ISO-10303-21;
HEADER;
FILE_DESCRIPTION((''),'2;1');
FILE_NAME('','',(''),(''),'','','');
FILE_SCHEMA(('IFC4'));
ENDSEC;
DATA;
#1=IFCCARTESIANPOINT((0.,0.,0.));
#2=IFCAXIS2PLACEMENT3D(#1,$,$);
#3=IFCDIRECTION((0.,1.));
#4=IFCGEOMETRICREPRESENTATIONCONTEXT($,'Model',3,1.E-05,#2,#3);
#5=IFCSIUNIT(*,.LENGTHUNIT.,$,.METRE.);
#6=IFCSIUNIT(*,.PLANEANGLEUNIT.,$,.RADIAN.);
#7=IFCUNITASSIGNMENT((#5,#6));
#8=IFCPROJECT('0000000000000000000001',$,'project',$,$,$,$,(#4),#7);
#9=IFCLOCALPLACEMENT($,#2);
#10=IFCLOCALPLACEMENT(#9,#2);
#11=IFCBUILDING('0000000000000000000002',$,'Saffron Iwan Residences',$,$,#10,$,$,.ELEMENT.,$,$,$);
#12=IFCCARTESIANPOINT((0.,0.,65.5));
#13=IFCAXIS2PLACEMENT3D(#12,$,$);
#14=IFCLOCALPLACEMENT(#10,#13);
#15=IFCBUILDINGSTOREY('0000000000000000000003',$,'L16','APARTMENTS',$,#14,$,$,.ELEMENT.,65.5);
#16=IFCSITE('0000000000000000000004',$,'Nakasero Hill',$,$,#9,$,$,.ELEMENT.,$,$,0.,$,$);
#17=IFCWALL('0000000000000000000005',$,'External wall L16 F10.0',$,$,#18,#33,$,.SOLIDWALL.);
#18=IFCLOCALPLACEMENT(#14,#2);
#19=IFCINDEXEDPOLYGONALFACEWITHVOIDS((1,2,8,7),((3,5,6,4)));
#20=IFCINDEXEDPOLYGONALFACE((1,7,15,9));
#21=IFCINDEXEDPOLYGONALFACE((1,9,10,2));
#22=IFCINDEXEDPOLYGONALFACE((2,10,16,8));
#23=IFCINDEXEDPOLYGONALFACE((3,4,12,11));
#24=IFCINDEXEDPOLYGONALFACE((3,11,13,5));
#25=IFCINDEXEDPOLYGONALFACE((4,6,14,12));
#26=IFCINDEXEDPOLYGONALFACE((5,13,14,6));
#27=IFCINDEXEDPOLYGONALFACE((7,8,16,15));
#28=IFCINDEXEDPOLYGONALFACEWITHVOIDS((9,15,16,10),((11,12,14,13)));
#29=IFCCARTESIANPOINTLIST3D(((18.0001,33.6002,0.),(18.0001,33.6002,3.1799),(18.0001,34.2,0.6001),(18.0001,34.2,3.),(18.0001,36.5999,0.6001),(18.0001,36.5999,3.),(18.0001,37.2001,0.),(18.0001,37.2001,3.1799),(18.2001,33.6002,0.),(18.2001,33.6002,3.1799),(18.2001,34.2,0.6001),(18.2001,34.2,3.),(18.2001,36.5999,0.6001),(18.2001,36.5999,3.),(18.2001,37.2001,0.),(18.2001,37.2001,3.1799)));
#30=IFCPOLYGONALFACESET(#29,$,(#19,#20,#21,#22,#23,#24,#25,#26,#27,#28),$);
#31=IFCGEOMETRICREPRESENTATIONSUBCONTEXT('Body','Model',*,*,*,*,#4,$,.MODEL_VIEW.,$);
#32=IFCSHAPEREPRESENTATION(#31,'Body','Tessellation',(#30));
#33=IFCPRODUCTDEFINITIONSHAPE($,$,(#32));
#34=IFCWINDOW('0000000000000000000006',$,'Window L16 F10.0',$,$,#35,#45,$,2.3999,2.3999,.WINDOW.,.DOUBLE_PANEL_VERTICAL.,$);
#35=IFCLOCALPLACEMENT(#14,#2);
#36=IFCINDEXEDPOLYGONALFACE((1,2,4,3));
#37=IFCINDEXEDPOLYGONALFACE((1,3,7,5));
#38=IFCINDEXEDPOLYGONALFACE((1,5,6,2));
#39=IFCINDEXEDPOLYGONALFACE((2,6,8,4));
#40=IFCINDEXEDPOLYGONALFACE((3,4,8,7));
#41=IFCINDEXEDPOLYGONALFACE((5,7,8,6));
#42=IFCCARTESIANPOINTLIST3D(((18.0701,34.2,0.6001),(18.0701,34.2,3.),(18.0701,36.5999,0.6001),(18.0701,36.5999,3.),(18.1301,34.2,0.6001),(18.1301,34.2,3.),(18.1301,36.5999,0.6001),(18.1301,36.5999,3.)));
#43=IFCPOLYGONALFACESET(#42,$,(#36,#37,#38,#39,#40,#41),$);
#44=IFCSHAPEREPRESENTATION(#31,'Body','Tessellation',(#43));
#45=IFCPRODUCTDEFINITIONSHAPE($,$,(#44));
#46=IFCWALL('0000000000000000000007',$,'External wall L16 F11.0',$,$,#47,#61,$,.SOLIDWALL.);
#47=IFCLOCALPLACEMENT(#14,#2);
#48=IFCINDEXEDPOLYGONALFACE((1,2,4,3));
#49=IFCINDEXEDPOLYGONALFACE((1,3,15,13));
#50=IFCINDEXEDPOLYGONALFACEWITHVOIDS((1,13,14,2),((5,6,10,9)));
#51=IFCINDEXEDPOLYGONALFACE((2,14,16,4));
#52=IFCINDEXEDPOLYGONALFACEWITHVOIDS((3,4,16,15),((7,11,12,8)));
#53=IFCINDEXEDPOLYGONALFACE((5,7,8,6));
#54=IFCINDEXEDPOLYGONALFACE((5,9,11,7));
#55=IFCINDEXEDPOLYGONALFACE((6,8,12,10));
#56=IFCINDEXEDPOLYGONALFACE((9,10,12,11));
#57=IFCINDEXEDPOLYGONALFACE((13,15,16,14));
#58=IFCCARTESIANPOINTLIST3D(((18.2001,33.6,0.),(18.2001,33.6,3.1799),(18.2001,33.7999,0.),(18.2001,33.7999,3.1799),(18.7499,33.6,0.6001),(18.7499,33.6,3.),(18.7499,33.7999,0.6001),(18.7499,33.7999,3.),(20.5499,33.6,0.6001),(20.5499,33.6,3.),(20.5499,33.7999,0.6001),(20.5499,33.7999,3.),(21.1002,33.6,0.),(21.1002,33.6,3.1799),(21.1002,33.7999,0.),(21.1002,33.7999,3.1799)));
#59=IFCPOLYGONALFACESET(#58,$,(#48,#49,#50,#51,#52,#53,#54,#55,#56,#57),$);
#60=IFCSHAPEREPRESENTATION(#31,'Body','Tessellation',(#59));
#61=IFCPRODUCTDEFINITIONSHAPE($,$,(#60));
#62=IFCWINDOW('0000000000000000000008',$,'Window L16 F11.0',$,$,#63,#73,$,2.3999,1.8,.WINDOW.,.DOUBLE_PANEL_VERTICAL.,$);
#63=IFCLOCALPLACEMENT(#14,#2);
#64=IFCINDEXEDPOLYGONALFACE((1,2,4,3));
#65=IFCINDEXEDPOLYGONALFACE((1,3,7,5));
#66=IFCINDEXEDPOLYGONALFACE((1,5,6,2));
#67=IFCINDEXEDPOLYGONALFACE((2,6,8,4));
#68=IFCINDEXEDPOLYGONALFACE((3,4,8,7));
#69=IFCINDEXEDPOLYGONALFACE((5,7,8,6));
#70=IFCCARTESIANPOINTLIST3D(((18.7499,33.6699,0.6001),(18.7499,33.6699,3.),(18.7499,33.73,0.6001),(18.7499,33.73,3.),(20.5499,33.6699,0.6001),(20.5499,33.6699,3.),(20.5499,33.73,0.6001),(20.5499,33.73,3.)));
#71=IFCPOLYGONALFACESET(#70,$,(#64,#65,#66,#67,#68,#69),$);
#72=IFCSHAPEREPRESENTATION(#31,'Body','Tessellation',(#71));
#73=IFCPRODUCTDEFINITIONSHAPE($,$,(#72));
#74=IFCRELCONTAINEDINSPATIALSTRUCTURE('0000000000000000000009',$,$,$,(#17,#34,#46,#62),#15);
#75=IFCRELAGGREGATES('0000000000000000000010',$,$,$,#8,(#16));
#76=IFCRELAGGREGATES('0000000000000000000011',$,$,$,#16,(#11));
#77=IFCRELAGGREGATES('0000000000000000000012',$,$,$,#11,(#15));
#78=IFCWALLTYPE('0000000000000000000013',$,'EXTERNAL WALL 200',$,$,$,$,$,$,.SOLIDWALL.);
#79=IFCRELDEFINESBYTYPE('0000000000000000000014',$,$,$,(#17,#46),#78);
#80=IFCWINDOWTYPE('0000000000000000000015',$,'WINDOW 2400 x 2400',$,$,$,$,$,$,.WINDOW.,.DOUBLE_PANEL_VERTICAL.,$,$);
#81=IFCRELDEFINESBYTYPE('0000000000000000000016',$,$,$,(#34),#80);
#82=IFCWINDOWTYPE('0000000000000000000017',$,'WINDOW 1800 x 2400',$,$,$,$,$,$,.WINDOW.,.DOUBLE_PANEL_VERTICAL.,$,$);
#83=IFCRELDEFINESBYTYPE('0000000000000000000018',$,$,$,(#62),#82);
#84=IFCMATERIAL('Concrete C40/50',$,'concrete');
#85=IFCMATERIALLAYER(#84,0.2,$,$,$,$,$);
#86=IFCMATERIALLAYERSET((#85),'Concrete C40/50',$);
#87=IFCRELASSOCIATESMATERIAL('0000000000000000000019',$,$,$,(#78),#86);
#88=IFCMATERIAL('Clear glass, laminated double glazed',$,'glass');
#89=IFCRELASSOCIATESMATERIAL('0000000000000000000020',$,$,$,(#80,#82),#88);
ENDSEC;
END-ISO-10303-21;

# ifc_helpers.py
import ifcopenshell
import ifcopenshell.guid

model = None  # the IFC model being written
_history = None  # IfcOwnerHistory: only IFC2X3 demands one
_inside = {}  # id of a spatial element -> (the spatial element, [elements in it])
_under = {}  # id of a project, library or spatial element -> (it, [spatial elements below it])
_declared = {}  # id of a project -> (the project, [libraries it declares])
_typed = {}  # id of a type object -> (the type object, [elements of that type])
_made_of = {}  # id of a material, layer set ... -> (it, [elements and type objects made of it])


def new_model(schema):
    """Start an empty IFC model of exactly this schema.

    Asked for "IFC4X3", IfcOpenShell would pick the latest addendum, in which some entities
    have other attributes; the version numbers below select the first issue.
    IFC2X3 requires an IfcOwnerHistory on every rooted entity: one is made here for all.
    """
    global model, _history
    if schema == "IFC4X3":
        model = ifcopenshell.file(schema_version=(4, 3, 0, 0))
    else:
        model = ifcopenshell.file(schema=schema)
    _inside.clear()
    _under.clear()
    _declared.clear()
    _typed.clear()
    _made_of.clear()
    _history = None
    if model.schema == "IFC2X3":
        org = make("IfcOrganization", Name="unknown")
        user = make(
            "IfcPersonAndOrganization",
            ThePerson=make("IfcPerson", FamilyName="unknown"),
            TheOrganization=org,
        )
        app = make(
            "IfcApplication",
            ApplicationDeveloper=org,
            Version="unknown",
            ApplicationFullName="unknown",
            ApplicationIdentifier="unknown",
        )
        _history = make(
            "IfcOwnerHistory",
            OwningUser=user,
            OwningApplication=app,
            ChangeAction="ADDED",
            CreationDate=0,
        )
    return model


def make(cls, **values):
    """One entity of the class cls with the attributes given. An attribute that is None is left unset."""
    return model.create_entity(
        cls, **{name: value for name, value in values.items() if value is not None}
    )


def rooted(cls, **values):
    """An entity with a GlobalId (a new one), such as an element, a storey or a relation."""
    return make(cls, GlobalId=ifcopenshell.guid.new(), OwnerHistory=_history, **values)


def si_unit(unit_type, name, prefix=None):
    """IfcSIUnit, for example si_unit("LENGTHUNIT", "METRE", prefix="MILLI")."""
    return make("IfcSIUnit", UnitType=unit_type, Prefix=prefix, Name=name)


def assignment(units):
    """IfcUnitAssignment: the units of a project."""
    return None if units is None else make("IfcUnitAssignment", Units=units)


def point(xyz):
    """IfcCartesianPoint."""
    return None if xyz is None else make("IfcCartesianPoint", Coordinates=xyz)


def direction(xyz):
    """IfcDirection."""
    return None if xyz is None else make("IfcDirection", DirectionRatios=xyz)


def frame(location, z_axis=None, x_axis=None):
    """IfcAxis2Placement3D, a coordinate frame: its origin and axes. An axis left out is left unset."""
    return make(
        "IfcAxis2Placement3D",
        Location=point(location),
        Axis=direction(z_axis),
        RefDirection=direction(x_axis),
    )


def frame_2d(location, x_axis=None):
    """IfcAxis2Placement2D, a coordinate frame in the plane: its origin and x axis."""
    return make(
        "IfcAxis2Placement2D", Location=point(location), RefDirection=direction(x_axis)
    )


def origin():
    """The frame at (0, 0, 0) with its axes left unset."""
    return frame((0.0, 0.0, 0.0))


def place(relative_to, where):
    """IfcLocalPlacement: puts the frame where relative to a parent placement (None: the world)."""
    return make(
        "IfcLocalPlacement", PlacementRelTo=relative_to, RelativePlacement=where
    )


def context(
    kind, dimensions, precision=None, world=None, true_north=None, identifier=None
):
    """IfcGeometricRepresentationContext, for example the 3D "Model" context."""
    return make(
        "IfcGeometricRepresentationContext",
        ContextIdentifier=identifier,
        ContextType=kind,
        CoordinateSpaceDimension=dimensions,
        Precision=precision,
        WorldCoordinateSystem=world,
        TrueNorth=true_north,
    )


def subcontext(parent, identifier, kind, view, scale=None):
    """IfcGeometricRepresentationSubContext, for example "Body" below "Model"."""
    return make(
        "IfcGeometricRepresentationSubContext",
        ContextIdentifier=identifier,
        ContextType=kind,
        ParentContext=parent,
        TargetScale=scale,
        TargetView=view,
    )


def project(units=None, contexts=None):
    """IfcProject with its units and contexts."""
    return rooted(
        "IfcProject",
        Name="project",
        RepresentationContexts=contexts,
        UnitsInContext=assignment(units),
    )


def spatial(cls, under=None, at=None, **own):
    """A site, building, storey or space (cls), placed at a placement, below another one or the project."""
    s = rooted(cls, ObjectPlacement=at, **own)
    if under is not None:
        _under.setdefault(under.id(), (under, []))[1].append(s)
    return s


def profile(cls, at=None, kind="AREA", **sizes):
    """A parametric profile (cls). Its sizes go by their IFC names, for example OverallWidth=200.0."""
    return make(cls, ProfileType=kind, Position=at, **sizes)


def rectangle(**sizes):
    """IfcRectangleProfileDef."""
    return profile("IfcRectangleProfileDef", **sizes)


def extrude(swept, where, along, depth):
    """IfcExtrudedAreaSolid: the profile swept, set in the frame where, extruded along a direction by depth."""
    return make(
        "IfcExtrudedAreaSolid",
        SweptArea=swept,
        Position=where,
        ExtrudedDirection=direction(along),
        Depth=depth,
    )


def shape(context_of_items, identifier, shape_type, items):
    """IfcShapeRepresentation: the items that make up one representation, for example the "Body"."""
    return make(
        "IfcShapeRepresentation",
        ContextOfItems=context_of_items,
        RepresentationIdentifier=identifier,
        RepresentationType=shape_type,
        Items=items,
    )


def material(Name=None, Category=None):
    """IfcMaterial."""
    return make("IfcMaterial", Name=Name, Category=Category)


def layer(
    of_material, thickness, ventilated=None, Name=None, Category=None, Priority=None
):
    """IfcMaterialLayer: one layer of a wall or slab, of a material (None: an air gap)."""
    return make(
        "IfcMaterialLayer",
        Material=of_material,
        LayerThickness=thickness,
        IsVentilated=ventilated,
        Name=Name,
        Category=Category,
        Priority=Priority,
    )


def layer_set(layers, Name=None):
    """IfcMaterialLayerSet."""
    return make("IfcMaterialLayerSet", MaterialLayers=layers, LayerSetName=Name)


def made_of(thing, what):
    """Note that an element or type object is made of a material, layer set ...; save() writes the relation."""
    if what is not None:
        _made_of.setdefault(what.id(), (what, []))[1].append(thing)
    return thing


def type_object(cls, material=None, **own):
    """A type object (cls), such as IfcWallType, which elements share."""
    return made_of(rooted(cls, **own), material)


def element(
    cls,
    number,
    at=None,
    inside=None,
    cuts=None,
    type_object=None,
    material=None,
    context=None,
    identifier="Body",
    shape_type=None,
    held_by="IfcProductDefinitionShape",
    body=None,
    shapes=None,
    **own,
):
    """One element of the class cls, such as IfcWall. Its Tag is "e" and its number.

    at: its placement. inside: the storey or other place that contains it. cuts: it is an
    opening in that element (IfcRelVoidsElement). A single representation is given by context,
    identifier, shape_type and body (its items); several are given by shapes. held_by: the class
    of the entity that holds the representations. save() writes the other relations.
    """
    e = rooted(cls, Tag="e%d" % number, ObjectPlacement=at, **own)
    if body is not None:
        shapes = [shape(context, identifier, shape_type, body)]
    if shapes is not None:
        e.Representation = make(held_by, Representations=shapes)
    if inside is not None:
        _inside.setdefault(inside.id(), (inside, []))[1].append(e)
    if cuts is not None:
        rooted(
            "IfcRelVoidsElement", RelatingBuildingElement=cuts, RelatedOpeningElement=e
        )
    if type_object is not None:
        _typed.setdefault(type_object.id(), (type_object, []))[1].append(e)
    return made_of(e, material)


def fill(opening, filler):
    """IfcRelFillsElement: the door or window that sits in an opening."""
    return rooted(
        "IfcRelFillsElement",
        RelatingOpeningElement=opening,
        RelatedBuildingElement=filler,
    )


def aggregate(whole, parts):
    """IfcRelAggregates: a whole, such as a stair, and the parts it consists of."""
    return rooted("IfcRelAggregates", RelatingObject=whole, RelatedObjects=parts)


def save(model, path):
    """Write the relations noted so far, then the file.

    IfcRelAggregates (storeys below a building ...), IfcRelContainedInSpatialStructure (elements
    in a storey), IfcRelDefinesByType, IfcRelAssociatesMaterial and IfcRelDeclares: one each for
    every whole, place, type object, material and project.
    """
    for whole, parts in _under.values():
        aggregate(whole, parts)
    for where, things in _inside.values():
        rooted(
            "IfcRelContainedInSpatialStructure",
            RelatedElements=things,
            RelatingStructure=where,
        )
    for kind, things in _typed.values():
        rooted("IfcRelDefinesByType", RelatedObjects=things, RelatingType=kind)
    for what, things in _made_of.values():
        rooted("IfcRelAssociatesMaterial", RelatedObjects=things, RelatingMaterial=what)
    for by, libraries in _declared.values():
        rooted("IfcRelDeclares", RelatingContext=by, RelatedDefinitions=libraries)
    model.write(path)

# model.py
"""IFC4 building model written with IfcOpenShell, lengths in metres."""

from ifc_helpers import new_model, si_unit, direction, frame, frame_2d, origin, place, context, subcontext, project, spatial, rectangle, extrude, material, layer, layer_set, type_object, element, fill, save


model = new_model("IFC4")

# Units and contexts
model_context = context("Model", 3, precision=1e-05, world=origin(), true_north=direction((0.0, 1.0)))
body_context = subcontext(model_context, "Body", "Model", "MODEL_VIEW")
ifc_project = project(units=[si_unit("LENGTHUNIT", "METRE"), si_unit("PLANEANGLEUNIT", "RADIAN")], contexts=[model_context])

# Site, building, storey
site_placement = place(None, origin())
site = spatial("IfcSite", under=ifc_project, at=site_placement, Name="Nakasero Hill", CompositionType="ELEMENT", RefElevation=0.0)
building_placement = place(site_placement, origin())
building = spatial("IfcBuilding", under=site, at=building_placement, Name="Saffron Iwan Residences", CompositionType="ELEMENT")
storey_placement = place(building_placement, frame((0.0, 0.0, 65.5)))
storey = spatial("IfcBuildingStorey", under=building, at=storey_placement, Name="L16", Description="APARTMENTS", CompositionType="ELEMENT", Elevation=65.5)

# Walls, openings, windows
ifc_material_1 = material(Name="Concrete C40/50", Category="concrete")
ifc_layer_1 = layer(ifc_material_1, 0.2)
ifc_layer_set_1 = layer_set([ifc_layer_1], Name="Concrete C40/50")
wall_type_1 = type_object("IfcWallType", Name="EXTERNAL WALL 200", PredefinedType="SOLIDWALL", material=ifc_layer_set_1)
wall_1_placement = place(storey_placement, frame((18.1001, 37.2, 0.0), z_axis=(0.0, 0.0, 1.0), x_axis=(0.0, -1.0, 0.0)))
wall_1 = element("IfcWall", 1, at=wall_1_placement, inside=storey, type_object=wall_type_1, Name="External wall L16 F10.0", PredefinedType="SOLIDWALL", context=body_context, shape_type="SweptSolid", body=[
    extrude(rectangle(XDim=3.5999, YDim=0.2, at=frame_2d((1.7998, 0.0))), origin(), (0.0, 0.0, 1.0), 3.1799),
])
opening_1_placement = place(wall_1_placement, frame((0.6001, 0.0, 0.6001)))
opening_1 = element("IfcOpeningElement", 2, at=opening_1_placement, cuts=wall_1, PredefinedType="OPENING", context=body_context, shape_type="SweptSolid", body=[
    extrude(rectangle(XDim=2.3999, YDim=2.3999, at=frame_2d((1.2, 1.2))), frame((0.0, 0.1099, 0.0), z_axis=(0.0, -1.0, 0.0), x_axis=(1.0, 0.0, 0.0)), (0.0, 0.0, 1.0), 0.22),
])
ifc_material_2 = material(Name="Clear glass, laminated double glazed", Category="glass")
window_type_1 = type_object("IfcWindowType", Name="WINDOW 2400 x 2400", PartitioningType="DOUBLE_PANEL_VERTICAL", PredefinedType="WINDOW", material=ifc_material_2)
window_1_placement = place(opening_1_placement, origin())
window_1 = element("IfcWindow", 3, at=window_1_placement, inside=storey, type_object=window_type_1, Name="Window L16 F10.0", OverallHeight=2.3999, OverallWidth=2.3999, PartitioningType="DOUBLE_PANEL_VERTICAL", PredefinedType="WINDOW", context=body_context, shape_type="SweptSolid", body=[
    extrude(rectangle(XDim=2.3999, YDim=2.3999, at=frame_2d((1.2, 1.2))), frame((0.0, 0.03, 0.0), z_axis=(0.0, -1.0, 0.0), x_axis=(1.0, 0.0, 0.0)), (0.0, 0.0, 1.0), 0.0601),
])
fill(opening_1, window_1)
wall_2_placement = place(storey_placement, frame((18.2, 33.7, 0.0), z_axis=(0.0, 0.0, 1.0), x_axis=(1.0, 0.0, 0.0)))
wall_2 = element("IfcWall", 4, at=wall_2_placement, inside=storey, type_object=wall_type_1, Name="External wall L16 F11.0", PredefinedType="SOLIDWALL", context=body_context, shape_type="SweptSolid", body=[
    extrude(rectangle(XDim=2.9001, YDim=0.2, at=frame_2d((1.4502, 0.0))), origin(), (0.0, 0.0, 1.0), 3.1799),
])
opening_2_placement = place(wall_2_placement, frame((0.55, 0.0, 0.6001)))
opening_2 = element("IfcOpeningElement", 5, at=opening_2_placement, cuts=wall_2, PredefinedType="OPENING", context=body_context, shape_type="SweptSolid", body=[
    extrude(rectangle(XDim=1.8, YDim=2.3999, at=frame_2d((0.8999, 1.2))), frame((0.0, 0.1099, 0.0), z_axis=(0.0, -1.0, 0.0), x_axis=(1.0, 0.0, 0.0)), (0.0, 0.0, 1.0), 0.22),
])
window_type_2 = type_object("IfcWindowType", Name="WINDOW 1800 x 2400", PartitioningType="DOUBLE_PANEL_VERTICAL", PredefinedType="WINDOW", material=ifc_material_2)
window_2_placement = place(opening_2_placement, origin())
window_2 = element("IfcWindow", 6, at=window_2_placement, inside=storey, type_object=window_type_2, Name="Window L16 F11.0", OverallHeight=2.3999, OverallWidth=1.8, PartitioningType="DOUBLE_PANEL_VERTICAL", PredefinedType="WINDOW", context=body_context, shape_type="SweptSolid", body=[
    extrude(rectangle(XDim=1.8, YDim=2.3999, at=frame_2d((0.8999, 1.2))), frame((0.0, 0.03, 0.0), z_axis=(0.0, -1.0, 0.0), x_axis=(1.0, 0.0, 0.0)), (0.0, 0.0, 1.0), 0.0601),
])
fill(opening_2, window_2)

save(model, "model.ifc")
